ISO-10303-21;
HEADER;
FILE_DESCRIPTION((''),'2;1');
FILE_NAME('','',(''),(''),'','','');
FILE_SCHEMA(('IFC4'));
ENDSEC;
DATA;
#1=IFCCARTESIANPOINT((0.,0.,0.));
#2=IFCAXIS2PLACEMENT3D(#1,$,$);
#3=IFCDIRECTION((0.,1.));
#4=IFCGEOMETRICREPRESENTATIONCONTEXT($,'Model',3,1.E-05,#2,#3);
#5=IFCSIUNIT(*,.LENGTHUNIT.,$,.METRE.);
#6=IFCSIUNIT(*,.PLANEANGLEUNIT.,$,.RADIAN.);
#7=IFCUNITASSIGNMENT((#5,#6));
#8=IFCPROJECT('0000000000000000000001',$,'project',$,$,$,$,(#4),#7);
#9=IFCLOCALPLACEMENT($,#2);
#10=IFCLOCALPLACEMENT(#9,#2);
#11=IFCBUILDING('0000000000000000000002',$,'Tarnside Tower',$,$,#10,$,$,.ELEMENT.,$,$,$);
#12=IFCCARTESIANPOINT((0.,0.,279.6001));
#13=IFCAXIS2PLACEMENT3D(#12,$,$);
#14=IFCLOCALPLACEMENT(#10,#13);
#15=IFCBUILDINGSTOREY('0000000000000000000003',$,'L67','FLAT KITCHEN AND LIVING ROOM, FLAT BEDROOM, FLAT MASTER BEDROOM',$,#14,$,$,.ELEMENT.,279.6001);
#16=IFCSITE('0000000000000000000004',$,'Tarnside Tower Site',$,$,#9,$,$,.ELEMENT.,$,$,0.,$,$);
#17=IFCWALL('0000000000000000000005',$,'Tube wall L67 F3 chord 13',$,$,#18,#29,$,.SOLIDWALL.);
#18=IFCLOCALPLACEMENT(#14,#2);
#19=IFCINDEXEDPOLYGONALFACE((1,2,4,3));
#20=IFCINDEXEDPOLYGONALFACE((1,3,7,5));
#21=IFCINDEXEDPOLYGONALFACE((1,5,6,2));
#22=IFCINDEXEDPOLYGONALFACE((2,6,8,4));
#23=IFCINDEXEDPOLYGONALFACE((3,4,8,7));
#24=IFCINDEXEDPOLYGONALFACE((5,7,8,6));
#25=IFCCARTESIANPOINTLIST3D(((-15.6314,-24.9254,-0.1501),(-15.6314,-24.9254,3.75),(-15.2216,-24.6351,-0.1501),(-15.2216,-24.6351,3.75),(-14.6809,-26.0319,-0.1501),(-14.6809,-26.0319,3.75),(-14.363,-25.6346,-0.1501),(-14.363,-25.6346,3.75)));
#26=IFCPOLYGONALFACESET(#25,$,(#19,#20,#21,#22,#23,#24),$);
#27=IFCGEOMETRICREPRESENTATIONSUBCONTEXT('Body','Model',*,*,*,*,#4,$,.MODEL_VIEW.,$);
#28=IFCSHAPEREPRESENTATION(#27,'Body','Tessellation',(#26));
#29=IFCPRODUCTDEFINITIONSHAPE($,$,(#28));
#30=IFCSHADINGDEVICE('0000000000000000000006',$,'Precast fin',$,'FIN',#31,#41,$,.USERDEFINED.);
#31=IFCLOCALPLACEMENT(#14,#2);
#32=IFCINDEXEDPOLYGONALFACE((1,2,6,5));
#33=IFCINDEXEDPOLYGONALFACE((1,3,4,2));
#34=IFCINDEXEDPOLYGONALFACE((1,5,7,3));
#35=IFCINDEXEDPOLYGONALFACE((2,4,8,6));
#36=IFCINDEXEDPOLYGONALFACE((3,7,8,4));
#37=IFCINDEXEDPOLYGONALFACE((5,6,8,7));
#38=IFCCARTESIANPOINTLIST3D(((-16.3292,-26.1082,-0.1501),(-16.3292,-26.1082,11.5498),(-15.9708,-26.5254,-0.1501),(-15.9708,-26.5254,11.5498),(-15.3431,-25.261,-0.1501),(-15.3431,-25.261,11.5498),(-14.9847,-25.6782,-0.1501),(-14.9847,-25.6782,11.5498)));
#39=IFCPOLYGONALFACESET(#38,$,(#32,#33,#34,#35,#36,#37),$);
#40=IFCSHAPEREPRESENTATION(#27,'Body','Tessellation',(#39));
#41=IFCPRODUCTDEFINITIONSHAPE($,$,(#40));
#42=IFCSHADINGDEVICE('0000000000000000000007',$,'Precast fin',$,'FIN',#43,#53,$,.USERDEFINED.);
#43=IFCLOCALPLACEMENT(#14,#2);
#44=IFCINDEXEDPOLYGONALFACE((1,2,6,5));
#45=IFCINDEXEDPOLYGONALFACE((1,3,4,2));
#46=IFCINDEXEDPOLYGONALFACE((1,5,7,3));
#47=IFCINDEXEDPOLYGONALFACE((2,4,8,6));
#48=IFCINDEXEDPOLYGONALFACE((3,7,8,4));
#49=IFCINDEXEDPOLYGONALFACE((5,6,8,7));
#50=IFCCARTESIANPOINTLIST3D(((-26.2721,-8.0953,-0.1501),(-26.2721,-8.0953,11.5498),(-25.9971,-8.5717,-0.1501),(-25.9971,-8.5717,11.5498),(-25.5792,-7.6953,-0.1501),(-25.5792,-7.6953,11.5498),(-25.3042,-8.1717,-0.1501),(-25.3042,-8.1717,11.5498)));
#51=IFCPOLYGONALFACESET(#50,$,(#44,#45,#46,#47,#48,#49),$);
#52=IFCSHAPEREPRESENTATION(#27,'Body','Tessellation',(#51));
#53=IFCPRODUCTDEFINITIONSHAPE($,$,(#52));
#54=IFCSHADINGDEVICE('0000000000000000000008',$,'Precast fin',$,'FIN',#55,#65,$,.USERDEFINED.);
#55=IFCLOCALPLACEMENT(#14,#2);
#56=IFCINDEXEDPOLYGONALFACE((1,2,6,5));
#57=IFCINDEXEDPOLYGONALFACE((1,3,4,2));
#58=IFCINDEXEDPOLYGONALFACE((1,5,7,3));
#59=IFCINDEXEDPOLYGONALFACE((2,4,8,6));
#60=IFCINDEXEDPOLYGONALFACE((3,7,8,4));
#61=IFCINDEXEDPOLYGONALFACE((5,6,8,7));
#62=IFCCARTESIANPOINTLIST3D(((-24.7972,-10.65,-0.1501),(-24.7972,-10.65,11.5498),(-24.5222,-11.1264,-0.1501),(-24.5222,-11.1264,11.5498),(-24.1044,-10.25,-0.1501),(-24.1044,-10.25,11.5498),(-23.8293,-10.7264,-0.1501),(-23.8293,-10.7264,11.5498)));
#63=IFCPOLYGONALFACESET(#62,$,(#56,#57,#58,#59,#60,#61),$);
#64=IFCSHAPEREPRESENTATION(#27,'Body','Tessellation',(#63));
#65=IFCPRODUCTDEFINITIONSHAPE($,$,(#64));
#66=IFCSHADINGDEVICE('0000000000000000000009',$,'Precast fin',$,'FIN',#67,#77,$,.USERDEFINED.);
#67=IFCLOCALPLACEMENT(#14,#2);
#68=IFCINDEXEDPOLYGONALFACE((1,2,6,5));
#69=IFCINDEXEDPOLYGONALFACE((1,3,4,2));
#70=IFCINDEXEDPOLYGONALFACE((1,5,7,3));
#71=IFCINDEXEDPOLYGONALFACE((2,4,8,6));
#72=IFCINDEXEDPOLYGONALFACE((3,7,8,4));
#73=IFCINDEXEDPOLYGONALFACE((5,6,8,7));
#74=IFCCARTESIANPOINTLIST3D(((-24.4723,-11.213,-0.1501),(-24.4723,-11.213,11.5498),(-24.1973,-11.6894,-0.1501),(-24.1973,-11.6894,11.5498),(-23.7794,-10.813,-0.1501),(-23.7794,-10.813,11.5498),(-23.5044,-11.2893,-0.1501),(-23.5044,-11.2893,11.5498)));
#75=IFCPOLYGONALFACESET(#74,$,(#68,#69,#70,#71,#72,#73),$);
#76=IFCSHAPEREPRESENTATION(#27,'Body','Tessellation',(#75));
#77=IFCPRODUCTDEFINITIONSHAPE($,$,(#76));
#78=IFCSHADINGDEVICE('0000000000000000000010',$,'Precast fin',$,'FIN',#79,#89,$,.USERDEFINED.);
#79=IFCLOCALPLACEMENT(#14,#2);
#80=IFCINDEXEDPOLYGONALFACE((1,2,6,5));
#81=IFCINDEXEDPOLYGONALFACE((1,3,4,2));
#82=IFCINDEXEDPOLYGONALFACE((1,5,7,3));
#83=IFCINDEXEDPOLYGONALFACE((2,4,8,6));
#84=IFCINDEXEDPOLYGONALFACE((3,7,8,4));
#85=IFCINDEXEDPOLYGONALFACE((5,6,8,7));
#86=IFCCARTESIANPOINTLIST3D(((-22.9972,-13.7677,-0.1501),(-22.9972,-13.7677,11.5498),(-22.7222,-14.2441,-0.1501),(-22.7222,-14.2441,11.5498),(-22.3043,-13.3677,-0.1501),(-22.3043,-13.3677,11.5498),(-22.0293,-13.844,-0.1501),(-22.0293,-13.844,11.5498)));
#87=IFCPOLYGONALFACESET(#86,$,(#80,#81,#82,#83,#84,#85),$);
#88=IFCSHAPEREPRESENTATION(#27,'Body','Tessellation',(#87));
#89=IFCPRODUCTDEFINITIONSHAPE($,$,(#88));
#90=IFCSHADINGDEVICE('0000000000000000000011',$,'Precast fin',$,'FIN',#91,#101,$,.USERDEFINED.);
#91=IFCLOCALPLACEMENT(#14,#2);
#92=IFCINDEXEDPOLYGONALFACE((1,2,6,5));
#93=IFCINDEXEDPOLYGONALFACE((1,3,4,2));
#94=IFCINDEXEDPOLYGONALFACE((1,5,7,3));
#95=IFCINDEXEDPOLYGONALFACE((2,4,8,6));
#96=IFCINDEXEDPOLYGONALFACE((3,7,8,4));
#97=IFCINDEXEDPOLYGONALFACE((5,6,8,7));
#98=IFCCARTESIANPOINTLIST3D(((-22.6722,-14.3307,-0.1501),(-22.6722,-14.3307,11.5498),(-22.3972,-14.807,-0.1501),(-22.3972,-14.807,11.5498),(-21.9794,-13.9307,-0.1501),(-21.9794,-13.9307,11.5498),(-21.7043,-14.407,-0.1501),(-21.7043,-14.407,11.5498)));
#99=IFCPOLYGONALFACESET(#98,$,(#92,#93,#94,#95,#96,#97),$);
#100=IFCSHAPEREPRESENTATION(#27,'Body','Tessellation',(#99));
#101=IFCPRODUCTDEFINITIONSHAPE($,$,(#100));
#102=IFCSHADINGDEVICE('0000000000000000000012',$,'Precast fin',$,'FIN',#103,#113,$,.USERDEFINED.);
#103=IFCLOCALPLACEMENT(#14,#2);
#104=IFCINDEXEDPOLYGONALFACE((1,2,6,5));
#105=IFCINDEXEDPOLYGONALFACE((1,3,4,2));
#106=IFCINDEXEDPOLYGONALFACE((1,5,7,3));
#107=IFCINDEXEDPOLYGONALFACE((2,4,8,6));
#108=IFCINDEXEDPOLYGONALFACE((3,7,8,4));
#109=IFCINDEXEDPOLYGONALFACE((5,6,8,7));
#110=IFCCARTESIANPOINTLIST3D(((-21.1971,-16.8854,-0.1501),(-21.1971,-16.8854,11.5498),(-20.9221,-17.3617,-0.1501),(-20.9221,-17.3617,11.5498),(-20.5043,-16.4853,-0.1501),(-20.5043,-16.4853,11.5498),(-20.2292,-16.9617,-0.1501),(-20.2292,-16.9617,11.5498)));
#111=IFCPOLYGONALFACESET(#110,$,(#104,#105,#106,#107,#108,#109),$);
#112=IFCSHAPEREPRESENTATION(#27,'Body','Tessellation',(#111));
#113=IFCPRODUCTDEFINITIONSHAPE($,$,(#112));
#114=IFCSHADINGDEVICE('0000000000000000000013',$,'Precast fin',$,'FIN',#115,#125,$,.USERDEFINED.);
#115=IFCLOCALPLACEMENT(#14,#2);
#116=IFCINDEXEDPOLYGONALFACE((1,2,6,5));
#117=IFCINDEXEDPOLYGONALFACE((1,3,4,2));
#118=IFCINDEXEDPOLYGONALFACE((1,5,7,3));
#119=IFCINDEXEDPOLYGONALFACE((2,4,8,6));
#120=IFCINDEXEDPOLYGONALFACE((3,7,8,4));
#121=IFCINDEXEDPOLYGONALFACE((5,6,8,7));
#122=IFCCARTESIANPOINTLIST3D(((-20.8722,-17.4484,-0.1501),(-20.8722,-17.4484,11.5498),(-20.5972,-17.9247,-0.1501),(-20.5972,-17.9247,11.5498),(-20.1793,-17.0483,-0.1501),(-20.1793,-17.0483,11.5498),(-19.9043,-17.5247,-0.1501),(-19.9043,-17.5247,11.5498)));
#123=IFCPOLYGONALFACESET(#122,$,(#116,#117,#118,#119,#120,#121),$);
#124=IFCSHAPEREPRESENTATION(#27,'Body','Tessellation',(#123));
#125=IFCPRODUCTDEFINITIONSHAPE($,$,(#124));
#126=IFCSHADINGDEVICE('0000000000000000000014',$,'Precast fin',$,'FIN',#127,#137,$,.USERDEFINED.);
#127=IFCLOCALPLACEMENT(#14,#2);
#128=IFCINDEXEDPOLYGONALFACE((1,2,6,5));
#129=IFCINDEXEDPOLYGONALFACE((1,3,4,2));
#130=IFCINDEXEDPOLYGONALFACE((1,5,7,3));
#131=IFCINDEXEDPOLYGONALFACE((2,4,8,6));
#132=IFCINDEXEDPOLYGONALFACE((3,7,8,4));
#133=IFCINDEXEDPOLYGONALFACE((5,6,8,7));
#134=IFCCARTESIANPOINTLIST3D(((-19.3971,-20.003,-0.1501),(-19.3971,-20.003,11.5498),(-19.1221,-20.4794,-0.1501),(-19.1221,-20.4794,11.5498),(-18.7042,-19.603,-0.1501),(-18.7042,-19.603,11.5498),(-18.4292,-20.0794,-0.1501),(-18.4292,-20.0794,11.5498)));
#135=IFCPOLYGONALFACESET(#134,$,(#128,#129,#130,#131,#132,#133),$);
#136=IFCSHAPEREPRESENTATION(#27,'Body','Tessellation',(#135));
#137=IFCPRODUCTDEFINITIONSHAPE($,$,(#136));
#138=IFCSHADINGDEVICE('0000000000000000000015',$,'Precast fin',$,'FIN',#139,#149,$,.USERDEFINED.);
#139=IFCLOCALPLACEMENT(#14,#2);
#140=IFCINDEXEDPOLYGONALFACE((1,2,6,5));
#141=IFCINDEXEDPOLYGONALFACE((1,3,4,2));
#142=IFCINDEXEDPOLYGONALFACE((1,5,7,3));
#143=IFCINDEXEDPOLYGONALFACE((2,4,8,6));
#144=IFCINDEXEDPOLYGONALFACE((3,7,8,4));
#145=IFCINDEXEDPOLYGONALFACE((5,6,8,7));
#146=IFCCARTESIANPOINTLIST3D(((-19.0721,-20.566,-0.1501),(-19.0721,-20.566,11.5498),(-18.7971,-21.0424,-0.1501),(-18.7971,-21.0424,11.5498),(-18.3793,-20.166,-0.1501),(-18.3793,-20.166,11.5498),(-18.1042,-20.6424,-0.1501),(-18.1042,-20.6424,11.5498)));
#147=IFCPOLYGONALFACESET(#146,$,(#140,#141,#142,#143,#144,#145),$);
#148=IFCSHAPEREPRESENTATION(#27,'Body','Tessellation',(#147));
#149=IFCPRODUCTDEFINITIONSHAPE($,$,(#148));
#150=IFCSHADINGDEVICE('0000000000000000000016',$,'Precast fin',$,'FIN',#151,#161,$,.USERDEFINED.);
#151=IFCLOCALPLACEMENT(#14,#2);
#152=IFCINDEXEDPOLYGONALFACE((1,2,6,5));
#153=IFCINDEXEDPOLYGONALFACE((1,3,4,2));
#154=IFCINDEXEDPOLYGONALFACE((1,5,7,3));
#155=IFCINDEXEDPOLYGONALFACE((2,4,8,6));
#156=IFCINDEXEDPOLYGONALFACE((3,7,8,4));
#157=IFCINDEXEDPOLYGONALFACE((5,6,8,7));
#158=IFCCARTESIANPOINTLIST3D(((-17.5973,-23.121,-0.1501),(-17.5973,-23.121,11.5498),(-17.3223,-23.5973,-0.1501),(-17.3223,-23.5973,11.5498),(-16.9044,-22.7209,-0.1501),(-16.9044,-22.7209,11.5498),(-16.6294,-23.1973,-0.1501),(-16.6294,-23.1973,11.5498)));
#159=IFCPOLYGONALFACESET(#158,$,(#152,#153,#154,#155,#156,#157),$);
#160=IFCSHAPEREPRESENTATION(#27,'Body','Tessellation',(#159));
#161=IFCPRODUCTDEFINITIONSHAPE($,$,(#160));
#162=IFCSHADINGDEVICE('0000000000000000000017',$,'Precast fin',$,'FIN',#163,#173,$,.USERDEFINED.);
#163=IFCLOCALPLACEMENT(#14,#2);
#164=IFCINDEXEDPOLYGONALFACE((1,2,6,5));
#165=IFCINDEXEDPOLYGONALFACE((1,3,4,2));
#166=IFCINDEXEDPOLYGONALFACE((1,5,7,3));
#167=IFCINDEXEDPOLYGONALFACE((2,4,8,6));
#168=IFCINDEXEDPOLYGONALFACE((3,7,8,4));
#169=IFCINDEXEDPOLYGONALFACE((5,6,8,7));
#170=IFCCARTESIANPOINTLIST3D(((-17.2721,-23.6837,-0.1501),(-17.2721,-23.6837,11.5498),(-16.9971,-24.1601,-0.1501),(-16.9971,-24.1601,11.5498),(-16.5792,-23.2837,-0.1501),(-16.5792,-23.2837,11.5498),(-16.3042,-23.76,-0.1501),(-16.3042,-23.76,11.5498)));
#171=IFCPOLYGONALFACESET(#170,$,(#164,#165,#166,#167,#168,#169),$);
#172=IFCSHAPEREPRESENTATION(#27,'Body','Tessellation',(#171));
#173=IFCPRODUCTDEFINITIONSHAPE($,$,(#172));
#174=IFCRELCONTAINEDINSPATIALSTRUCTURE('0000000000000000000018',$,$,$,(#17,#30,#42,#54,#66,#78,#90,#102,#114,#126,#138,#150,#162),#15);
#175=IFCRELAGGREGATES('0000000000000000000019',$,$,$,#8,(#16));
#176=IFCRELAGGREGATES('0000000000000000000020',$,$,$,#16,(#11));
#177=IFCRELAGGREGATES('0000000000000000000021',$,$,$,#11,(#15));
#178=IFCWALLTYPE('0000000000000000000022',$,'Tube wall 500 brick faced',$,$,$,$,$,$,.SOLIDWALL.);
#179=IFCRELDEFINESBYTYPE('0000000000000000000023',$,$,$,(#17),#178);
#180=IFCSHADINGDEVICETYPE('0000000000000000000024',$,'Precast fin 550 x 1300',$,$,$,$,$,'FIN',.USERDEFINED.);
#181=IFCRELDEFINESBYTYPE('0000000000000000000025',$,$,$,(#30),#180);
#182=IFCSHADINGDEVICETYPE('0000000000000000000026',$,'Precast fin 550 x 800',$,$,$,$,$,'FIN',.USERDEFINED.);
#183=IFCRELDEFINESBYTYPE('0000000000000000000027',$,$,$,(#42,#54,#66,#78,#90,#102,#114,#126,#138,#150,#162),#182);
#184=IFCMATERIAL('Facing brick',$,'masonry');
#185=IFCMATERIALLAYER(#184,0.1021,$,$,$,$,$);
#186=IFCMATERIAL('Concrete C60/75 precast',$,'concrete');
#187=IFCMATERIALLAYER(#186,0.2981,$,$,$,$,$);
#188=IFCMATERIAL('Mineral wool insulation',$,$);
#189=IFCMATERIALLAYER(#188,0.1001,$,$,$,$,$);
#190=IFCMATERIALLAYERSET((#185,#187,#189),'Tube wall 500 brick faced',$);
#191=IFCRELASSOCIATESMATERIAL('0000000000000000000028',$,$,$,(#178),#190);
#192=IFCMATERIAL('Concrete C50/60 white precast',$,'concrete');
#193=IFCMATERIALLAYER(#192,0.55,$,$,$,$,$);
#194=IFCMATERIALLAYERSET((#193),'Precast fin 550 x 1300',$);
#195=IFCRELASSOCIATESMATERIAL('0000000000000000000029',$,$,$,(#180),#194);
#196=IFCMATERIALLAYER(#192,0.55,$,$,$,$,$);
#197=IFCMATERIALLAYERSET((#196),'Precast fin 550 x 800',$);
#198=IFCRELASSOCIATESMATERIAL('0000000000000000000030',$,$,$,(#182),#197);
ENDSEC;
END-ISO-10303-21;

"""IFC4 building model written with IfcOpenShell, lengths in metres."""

from ifc_helpers import new_model, si_unit, direction, frame, origin, place, context, subcontext, project, spatial, polyline, outline, extrude, material, layer, layer_set, type_object, element, save


model = new_model("IFC4")

# Units and contexts
model_context = context("Model", 3, precision=1e-05, world=origin(), true_north=direction((0.0, 1.0)))
body_context = subcontext(model_context, "Body", "Model", "MODEL_VIEW")
ifc_project = project(units=[si_unit("LENGTHUNIT", "METRE"), si_unit("PLANEANGLEUNIT", "RADIAN")], contexts=[model_context])

# Site, building, storey
site_placement = place(None, origin())
site = spatial("IfcSite", under=ifc_project, at=site_placement, Name="Tarnside Tower Site", CompositionType="ELEMENT", RefElevation=0.0)
building_placement = place(site_placement, origin())
building = spatial("IfcBuilding", under=site, at=building_placement, Name="Tarnside Tower", CompositionType="ELEMENT")
storey_placement = place(building_placement, frame((0.0, 0.0, 279.6001)))
storey = spatial("IfcBuildingStorey", under=building, at=storey_placement, Name="L67", Description="FLAT KITCHEN AND LIVING ROOM, FLAT BEDROOM, FLAT MASTER BEDROOM", CompositionType="ELEMENT", Elevation=279.6001)

# Wall
ifc_material_1 = material(Name="Facing brick", Category="masonry")
ifc_layer_1 = layer(ifc_material_1, 0.1021)
ifc_material_2 = material(Name="Concrete C60/75 precast", Category="concrete")
ifc_layer_2 = layer(ifc_material_2, 0.2981)
ifc_material_3 = material(Name="Mineral wool insulation")
ifc_layer_3 = layer(ifc_material_3, 0.1001)
ifc_layer_set_1 = layer_set([ifc_layer_1, ifc_layer_2, ifc_layer_3], Name="Tube wall 500 brick faced")
wall_type_1 = type_object("IfcWallType", Name="Tube wall 500 brick faced", PredefinedType="SOLIDWALL", material=ifc_layer_set_1)
wall_1_placement = place(storey_placement, frame((-15.4265, -24.7803, -0.1501), z_axis=(0.0, 0.0, 1.0), x_axis=(0.651617, -0.758549, 0.0)))
element("IfcWall", 1, at=wall_1_placement, inside=storey, type_object=wall_type_1, Name="Tube wall L67 F3 chord 13", PredefinedType="SOLIDWALL", context=body_context, shape_type="SweptSolid", body=[
    extrude(outline(polyline([(-0.0234, -0.25), (1.4353, -0.25), (1.3411, 0.25), (0.0234, 0.25), (-0.0234, -0.25)])), origin(), (0.0, 0.0, 1.0), 3.9001),
])

# Shading devices
ifc_material_4 = material(Name="Concrete C50/60 white precast", Category="concrete")
ifc_layer_4 = layer(ifc_material_4, 0.55)
ifc_layer_set_2 = layer_set([ifc_layer_4], Name="Precast fin 550 x 1300")
shading_device_type_1 = type_object("IfcShadingDeviceType", Name="Precast fin 550 x 1300", ElementType="FIN", PredefinedType="USERDEFINED", material=ifc_layer_set_2)
shading_device_placement = place(storey_placement, frame((-15.1638, -25.4697, -0.1501), z_axis=(-0.651657, 0.758514, 0.0), x_axis=(-0.758514, -0.651657, 0.0)))
element("IfcShadingDevice", 2, at=shading_device_placement, inside=storey, type_object=shading_device_type_1, Name="Precast fin", ObjectType="FIN", PredefinedType="USERDEFINED", context=body_context, shape_type="SweptSolid", body=[
    extrude(outline(polyline([(0.0, 0.0), (1.3, 0.0), (1.3, 11.7), (0.0, 11.7), (0.0, 0.0)])), frame((0.0, 0.0, -0.2749)), (0.0, 0.0, 1.0), 0.55),
])
ifc_layer_5 = layer(ifc_material_4, 0.55)
ifc_layer_set_3 = layer_set([ifc_layer_5], Name="Precast fin 550 x 800")
shading_device_type_2 = type_object("IfcShadingDeviceType", Name="Precast fin 550 x 800", ElementType="FIN", PredefinedType="USERDEFINED", material=ifc_layer_set_3)
for number, where, z_axis, x_axis, name in (
    (3, (-25.4417, -7.9336, -0.1501), (-0.5, 0.866025, 0.0), (-0.866025, -0.5, 0.0), "Precast fin"),
    (4, (-23.9668, -10.4883, -0.1501), (-0.5, 0.866025, 0.0), (-0.866025, -0.5, 0.0), "Precast fin"),
    (5, (-23.6418, -11.0513, -0.1501), (-0.5, 0.866025, 0.0), (-0.866025, -0.5, 0.0), "Precast fin"),
    (6, (-22.1667, -13.606, -0.1501), (-0.5, 0.866025, 0.0), (-0.866025, -0.5, 0.0), "Precast fin"),
    (7, (-21.8418, -14.1689, -0.1501), (-0.5, 0.866025, 0.0), (-0.866025, -0.5, 0.0), "Precast fin"),
    (8, (-20.3667, -16.7236, -0.1501), (-0.5, 0.866025, 0.0), (-0.866025, -0.5, 0.0), "Precast fin"),
    (9, (-20.0417, -17.2866, -0.1501), (-0.5, 0.866025, 0.0), (-0.866025, -0.5, 0.0), "Precast fin"),
    (10, (-18.5667, -19.8413, -0.1501), (-0.5, 0.866025, 0.0), (-0.866025, -0.5, 0.0), "Precast fin"),
    (11, (-18.2417, -20.4043, -0.1501), (-0.5, 0.866025, 0.0), (-0.866025, -0.5, 0.0), "Precast fin"),
    (12, (-16.7668, -22.9592, -0.1501), (-0.5, 0.866025, 0.0), (-0.866025, -0.5, 0.0), "Precast fin"),
    (13, (-16.4417, -23.522, -0.1501), (-0.5, 0.866025, 0.0), (-0.866025, -0.5, 0.0), "Precast fin"),
):
    element("IfcShadingDevice", number, at=place(storey_placement, frame(where, z_axis=z_axis, x_axis=x_axis)), inside=storey, type_object=shading_device_type_2, Name=name, ObjectType="FIN", PredefinedType="USERDEFINED", context=body_context, shape_type="SweptSolid", body=[
        extrude(outline(polyline([(0.0, 0.0), (0.8, 0.0), (0.8, 11.7), (0.0, 11.7), (0.0, 0.0)])), frame((0.0, 0.0, -0.2749)), (0.0, 0.0, 1.0), 0.55),
    ])

save(model, "model.ifc")
